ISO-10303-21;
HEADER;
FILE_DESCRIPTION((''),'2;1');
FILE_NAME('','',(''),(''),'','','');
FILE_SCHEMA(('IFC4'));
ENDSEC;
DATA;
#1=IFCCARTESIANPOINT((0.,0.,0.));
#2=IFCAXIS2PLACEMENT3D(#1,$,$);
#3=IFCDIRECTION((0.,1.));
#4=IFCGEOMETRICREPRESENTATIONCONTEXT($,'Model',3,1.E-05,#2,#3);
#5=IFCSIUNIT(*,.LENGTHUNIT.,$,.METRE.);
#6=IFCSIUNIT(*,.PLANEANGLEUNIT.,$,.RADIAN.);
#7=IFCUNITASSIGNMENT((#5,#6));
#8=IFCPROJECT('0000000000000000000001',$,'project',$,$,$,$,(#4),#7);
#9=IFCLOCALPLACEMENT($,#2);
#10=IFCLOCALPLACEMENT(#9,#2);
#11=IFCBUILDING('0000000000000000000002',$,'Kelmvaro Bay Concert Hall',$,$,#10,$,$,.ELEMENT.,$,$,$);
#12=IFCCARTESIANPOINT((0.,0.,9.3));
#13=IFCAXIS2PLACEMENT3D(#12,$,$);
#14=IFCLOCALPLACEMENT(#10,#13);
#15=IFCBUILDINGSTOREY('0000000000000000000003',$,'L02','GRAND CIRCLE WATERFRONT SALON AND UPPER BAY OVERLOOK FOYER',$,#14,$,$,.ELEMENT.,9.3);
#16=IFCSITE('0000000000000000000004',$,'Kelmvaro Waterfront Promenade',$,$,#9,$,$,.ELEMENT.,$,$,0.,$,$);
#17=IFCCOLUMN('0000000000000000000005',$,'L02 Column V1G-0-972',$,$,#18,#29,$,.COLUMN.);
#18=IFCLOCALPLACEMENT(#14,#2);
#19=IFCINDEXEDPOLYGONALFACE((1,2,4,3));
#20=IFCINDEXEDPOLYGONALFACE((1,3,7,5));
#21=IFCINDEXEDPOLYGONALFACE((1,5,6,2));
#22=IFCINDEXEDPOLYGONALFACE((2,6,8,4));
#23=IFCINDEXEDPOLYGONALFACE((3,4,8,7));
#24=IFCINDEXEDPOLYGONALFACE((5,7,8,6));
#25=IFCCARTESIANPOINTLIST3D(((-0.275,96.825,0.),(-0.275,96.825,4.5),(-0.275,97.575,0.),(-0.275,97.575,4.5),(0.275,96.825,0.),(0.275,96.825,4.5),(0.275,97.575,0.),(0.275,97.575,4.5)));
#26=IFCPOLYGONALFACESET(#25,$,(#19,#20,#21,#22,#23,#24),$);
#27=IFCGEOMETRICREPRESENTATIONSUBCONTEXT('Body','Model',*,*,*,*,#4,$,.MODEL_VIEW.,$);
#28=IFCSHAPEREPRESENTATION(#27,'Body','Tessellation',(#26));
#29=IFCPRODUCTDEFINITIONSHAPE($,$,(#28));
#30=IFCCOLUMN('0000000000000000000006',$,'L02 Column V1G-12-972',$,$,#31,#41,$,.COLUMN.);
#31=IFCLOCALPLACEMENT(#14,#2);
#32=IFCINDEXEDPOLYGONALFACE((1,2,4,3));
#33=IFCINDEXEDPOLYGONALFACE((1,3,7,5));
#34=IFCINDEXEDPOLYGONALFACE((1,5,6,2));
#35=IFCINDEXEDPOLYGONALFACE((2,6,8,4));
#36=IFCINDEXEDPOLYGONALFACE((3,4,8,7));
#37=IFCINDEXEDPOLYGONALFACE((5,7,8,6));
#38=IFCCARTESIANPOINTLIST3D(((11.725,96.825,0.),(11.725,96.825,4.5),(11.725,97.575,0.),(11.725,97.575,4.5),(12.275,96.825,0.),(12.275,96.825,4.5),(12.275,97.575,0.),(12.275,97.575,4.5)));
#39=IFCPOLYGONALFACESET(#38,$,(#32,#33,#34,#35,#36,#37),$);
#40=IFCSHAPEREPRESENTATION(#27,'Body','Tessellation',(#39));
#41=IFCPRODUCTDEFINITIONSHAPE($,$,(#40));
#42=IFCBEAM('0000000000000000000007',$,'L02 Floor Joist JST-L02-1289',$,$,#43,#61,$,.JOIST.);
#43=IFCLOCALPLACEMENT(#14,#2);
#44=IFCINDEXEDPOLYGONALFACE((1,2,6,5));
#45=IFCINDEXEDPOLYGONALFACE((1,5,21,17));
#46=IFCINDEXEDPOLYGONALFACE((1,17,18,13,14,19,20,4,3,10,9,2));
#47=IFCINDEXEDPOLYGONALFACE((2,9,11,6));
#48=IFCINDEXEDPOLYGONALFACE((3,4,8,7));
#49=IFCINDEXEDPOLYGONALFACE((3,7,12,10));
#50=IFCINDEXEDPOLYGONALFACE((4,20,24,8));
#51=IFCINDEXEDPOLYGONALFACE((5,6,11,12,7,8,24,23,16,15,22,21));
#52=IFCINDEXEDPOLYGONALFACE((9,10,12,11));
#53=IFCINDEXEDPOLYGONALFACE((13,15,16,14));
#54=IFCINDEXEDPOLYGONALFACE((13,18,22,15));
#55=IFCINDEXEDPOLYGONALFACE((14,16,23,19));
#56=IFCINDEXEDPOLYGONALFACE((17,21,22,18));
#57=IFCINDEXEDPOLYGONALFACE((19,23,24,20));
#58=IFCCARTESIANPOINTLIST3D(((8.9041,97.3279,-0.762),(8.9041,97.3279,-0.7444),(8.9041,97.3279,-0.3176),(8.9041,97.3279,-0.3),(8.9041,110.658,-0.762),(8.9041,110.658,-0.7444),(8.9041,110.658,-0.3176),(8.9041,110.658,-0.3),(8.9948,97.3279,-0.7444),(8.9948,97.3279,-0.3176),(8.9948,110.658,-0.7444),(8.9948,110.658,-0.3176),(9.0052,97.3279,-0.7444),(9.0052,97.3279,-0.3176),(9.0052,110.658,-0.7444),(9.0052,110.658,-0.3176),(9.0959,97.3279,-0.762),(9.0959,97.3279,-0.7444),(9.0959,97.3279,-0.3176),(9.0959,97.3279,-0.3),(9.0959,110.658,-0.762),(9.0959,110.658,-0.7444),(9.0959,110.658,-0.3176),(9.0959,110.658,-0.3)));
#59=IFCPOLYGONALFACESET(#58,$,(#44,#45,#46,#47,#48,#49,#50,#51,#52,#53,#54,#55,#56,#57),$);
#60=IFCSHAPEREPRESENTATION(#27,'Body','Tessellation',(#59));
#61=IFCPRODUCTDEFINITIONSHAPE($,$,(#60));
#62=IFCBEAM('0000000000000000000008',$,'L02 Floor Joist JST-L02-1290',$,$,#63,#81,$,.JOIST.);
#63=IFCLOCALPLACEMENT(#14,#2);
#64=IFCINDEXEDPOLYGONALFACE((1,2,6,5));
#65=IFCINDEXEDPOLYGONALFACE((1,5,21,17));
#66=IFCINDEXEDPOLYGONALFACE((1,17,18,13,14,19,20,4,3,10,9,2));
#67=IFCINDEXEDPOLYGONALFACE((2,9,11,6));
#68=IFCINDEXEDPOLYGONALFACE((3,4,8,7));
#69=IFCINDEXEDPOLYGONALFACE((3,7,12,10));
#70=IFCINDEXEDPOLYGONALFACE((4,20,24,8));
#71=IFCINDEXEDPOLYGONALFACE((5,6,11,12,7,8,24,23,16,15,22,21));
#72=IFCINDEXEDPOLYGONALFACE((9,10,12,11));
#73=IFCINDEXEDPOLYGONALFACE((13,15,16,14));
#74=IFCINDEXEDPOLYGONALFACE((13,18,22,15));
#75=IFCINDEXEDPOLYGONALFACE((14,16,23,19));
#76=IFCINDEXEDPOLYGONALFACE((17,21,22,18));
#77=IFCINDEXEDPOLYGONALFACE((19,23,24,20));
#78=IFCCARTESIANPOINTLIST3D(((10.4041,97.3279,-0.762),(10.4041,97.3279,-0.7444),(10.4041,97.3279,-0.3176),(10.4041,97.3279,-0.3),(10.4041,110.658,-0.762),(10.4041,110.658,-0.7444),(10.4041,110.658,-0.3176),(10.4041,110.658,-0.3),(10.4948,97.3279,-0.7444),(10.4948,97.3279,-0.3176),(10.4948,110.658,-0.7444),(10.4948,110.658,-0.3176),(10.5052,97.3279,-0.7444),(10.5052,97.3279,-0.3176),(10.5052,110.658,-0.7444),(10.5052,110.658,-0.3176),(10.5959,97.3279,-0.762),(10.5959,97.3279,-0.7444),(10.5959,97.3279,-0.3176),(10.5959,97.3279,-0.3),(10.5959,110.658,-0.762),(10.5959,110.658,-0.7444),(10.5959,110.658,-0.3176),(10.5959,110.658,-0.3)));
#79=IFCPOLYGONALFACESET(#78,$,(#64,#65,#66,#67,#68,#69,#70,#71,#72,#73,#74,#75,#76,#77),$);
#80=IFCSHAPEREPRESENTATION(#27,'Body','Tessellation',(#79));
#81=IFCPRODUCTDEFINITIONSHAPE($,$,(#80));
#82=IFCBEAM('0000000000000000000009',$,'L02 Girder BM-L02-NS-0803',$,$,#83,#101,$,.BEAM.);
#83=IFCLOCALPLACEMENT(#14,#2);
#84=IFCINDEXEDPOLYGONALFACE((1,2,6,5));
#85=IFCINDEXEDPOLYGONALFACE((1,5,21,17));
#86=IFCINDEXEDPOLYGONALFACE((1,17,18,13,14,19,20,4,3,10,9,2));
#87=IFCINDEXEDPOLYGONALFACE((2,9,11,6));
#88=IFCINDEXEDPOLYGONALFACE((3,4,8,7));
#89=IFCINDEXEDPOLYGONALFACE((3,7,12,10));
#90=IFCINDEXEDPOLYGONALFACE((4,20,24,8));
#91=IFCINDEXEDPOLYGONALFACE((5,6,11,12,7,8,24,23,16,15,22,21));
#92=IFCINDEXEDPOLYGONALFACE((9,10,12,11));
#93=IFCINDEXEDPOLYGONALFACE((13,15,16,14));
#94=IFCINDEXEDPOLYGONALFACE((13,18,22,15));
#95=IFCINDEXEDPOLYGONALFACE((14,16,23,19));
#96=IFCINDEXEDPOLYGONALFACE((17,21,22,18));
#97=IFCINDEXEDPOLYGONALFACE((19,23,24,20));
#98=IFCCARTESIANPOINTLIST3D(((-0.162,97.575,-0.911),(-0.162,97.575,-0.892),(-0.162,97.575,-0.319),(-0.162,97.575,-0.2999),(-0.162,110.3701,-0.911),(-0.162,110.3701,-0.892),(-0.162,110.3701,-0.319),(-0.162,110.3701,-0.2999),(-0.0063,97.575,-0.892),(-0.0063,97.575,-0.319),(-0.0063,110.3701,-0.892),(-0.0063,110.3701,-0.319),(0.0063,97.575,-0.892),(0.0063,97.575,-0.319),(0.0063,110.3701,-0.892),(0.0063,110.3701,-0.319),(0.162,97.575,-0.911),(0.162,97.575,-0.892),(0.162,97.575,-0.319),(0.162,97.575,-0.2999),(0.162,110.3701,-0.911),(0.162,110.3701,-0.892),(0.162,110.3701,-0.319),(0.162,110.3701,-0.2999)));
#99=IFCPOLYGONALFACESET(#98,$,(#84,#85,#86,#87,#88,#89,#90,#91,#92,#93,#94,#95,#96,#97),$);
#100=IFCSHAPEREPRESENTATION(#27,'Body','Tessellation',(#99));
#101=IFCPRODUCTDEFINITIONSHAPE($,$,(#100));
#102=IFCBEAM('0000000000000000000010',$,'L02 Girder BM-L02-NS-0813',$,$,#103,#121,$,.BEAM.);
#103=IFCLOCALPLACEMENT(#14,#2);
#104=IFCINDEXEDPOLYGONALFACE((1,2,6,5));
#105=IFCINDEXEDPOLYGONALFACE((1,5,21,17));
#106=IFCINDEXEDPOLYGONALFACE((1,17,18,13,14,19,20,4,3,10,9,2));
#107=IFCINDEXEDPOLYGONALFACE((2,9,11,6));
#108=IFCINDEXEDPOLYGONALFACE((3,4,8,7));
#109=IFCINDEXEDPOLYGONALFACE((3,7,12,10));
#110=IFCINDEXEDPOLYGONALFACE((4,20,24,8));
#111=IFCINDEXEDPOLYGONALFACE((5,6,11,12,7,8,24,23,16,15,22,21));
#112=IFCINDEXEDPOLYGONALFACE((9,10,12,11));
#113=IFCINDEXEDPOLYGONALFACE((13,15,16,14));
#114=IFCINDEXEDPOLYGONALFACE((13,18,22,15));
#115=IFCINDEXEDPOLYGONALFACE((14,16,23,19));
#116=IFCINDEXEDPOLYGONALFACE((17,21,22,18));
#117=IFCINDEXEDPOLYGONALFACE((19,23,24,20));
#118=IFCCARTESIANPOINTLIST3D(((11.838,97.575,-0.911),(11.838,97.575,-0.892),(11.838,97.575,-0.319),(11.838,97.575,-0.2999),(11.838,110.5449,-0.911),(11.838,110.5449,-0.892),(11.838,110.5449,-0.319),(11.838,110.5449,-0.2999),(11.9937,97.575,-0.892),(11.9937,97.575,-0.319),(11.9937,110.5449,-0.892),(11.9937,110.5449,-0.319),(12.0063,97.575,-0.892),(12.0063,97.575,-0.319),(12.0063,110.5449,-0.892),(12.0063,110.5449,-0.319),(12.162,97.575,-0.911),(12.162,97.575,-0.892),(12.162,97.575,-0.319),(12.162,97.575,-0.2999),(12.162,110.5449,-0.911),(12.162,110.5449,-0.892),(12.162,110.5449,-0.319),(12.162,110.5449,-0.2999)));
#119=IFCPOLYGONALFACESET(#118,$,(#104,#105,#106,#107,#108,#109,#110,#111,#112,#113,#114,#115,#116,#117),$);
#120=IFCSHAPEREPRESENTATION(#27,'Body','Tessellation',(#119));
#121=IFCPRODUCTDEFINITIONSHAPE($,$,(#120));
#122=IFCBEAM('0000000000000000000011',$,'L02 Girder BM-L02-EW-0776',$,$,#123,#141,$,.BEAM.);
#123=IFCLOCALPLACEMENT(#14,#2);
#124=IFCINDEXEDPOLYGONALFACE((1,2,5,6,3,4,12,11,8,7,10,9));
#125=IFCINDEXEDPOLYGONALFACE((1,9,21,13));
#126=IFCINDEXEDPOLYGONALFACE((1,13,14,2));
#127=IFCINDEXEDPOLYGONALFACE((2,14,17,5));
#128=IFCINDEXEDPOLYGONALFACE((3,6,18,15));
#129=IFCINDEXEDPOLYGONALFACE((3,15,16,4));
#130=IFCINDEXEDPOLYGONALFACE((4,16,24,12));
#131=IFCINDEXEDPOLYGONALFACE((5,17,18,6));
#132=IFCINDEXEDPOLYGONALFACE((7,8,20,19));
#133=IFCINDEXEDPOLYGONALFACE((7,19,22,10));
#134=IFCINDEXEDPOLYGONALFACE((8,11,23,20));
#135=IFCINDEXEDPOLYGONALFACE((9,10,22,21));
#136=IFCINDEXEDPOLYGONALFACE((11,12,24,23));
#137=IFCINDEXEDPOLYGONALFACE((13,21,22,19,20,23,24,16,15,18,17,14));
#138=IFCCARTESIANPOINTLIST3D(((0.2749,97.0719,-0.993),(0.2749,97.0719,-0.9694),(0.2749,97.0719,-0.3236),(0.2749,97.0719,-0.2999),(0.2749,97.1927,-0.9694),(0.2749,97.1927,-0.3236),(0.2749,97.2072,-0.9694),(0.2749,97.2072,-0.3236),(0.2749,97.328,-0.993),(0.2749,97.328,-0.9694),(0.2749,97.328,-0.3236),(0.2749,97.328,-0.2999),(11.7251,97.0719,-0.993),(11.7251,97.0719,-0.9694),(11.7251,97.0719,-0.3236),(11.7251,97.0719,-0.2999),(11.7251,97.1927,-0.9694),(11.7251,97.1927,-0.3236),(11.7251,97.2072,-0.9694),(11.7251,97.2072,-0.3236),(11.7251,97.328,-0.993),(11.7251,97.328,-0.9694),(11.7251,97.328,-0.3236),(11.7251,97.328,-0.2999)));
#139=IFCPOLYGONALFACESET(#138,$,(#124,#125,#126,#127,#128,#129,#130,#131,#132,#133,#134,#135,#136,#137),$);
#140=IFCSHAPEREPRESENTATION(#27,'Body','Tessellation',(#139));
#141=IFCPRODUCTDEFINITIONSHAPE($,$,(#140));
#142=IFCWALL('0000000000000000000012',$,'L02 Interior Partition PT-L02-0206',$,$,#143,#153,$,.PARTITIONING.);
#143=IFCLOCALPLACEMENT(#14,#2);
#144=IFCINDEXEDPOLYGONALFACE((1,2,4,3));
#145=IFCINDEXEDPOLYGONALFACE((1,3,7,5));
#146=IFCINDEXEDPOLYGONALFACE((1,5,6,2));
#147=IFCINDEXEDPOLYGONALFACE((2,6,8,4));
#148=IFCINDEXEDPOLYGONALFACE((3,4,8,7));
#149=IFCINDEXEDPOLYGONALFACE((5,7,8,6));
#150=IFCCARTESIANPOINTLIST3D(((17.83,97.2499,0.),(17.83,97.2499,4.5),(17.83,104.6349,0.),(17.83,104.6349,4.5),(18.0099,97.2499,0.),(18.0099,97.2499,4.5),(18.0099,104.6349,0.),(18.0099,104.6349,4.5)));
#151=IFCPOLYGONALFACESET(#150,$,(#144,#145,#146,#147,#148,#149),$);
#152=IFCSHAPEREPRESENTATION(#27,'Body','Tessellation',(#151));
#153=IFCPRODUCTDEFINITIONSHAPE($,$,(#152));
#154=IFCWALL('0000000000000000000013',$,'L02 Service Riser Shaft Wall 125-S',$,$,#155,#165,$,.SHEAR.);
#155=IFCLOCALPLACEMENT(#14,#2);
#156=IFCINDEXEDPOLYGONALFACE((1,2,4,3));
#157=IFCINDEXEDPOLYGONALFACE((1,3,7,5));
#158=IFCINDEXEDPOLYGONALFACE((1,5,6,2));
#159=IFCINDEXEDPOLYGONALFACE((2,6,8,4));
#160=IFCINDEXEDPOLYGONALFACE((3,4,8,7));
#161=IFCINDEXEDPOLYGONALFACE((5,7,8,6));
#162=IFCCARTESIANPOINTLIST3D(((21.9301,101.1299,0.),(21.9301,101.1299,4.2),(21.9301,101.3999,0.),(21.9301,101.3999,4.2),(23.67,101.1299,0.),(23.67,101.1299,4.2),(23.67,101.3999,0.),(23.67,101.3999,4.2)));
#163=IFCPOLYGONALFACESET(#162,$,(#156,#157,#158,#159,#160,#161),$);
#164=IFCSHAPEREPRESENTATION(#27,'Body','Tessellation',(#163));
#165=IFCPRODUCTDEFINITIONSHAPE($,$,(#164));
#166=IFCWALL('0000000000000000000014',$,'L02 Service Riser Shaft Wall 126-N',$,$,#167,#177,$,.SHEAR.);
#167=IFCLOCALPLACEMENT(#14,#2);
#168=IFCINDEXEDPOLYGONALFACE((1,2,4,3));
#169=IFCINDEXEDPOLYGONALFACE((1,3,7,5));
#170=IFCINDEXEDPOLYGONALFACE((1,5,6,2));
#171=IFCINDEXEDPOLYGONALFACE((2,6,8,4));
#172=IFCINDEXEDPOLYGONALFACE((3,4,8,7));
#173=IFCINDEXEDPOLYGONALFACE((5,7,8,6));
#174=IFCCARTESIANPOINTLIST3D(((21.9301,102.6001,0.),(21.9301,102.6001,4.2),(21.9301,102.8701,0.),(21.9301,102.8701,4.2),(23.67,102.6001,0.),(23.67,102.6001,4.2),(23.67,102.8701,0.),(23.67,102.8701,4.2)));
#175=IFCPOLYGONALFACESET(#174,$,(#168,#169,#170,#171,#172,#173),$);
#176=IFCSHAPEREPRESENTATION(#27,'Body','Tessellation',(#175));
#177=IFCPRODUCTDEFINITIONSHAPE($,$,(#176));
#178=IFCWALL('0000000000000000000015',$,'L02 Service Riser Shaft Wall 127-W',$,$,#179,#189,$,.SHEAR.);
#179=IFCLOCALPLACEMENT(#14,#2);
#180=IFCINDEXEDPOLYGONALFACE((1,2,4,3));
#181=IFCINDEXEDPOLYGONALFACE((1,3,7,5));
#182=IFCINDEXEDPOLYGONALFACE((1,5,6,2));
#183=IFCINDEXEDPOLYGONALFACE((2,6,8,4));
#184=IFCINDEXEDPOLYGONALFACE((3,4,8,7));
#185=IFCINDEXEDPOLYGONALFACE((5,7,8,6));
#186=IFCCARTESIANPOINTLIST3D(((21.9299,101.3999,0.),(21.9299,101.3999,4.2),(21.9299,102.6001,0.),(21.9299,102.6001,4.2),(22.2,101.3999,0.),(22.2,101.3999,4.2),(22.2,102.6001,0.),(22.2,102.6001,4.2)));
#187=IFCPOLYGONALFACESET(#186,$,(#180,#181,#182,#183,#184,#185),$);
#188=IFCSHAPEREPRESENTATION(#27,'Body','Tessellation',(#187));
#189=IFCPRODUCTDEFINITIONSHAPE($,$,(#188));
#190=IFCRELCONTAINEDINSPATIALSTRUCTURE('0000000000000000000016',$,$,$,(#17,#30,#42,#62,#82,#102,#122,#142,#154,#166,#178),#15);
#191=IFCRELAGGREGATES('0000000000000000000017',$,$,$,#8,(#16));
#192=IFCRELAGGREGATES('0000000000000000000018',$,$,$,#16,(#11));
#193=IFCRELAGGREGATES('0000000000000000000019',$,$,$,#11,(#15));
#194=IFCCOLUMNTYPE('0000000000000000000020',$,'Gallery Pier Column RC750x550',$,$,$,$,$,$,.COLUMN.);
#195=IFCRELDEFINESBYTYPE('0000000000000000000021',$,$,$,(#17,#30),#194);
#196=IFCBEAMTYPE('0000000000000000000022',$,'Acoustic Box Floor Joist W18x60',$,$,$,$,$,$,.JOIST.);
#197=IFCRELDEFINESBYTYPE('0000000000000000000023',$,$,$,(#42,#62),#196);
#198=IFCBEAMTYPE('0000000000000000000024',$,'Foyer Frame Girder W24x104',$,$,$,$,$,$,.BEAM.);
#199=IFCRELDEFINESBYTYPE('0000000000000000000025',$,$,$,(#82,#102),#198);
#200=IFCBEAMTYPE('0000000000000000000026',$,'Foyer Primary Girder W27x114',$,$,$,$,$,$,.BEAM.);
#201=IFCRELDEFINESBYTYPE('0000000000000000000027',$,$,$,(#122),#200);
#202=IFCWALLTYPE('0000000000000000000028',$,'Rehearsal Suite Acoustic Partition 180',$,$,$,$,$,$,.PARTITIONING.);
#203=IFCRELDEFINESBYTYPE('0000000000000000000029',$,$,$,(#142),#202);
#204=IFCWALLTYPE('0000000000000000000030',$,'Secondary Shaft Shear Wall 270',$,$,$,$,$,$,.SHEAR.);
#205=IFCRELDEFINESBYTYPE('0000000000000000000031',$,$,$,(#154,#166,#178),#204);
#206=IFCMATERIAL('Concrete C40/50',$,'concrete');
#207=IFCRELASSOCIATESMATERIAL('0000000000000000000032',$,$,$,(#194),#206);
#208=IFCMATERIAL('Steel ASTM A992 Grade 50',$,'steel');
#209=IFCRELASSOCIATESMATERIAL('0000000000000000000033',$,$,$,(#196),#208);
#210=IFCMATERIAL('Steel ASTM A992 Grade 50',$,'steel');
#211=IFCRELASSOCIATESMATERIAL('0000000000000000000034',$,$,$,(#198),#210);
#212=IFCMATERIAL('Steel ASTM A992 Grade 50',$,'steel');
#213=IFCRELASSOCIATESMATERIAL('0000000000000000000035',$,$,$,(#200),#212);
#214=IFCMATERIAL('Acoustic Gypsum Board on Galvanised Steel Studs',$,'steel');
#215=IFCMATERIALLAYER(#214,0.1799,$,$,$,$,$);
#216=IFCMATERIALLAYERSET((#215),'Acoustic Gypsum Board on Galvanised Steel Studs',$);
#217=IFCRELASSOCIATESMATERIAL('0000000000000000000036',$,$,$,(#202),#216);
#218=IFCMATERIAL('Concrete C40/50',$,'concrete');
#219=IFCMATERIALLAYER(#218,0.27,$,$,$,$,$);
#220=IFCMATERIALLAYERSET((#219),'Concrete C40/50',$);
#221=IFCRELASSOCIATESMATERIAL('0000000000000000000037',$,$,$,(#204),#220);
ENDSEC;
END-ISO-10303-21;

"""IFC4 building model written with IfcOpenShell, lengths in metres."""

from ifc_helpers import new_model, si_unit, direction, frame, frame_2d, origin, origin_2d, place, context, subcontext, project, spatial, rectangle, i_section, extrude, material, layer, layer_set, material_profile, profile_set, type_object, element, save


model = new_model("IFC4")

# Units and contexts
model_context = context("Model", 3, precision=1e-05, world=origin(), true_north=direction((0.0, 1.0)))
body_context = subcontext(model_context, "Body", "Model", "MODEL_VIEW")
ifc_project = project(units=[si_unit("LENGTHUNIT", "METRE"), si_unit("PLANEANGLEUNIT", "RADIAN")], contexts=[model_context])

# Site, building, storey
site_placement = place(None, origin())
site = spatial("IfcSite", under=ifc_project, at=site_placement, Name="Kelmvaro Waterfront Promenade", CompositionType="ELEMENT", RefElevation=0.0)
building_placement = place(site_placement, origin())
building = spatial("IfcBuilding", under=site, at=building_placement, Name="Kelmvaro Bay Concert Hall", CompositionType="ELEMENT")
storey_placement = place(building_placement, frame((0.0, 0.0, 9.3)))
storey = spatial("IfcBuildingStorey", under=building, at=storey_placement, Name="L02", Description="GRAND CIRCLE WATERFRONT SALON AND UPPER BAY OVERLOOK FOYER", CompositionType="ELEMENT", Elevation=9.3)

# Columns
ifc_material_1 = material(Name="Concrete C40/50", Category="concrete")
ifc_material_profile_1 = material_profile(ifc_material_1, rectangle(XDim=0.55, YDim=0.75, at=origin_2d()), Name="RC-COL-750X550")
ifc_profile_set_1 = profile_set([ifc_material_profile_1], Name="Concrete C40/50")
column_type = type_object("IfcColumnType", Name="Gallery Pier Column RC750x550", PredefinedType="COLUMN", material=ifc_profile_set_1)
for number, where, z_axis, x_axis, name in (
    (1, (0.0, 97.2, 0.0), (0.0, 0.0, 1.0), (1.0, 0.0, 0.0), "L02 Column V1G-0-972"),
    (2, (12.0, 97.2, 0.0), (0.0, 0.0, 1.0), (1.0, 0.0, 0.0), "L02 Column V1G-12-972"),
):
    element("IfcColumn", number, at=place(storey_placement, frame(where, z_axis=z_axis, x_axis=x_axis)), inside=storey, type_object=column_type, Name=name, PredefinedType="COLUMN", context=body_context, shape_type="SweptSolid", body=[
        extrude(rectangle(XDim=0.55, YDim=0.75, at=origin_2d()), origin(), (0.0, 0.0, 1.0), 4.5),
    ])

# Beams
ifc_material_2 = material(Name="Steel ASTM A992 Grade 50", Category="steel")
ifc_material_profile_2 = material_profile(ifc_material_2, i_section(OverallWidth=0.1919, OverallDepth=0.4619, WebThickness=0.0105, FlangeThickness=0.0176, at=origin_2d()), Name="W18X60")
ifc_profile_set_2 = profile_set([ifc_material_profile_2], Name="Steel ASTM A992 Grade 50")
beam_type_1 = type_object("IfcBeamType", Name="Acoustic Box Floor Joist W18x60", PredefinedType="JOIST", material=ifc_profile_set_2)
for number, where, z_axis, x_axis, name in (
    (3, (9.0, 97.3279, -0.531), (0.0, 1.0, 0.0), (-1.0, 0.0, 0.0), "L02 Floor Joist JST-L02-1289"),
    (4, (10.5, 97.3279, -0.531), (0.0, 1.0, 0.0), (-1.0, 0.0, 0.0), "L02 Floor Joist JST-L02-1290"),
):
    element("IfcBeam", number, at=place(storey_placement, frame(where, z_axis=z_axis, x_axis=x_axis)), inside=storey, type_object=beam_type_1, Name=name, PredefinedType="JOIST", context=body_context, shape_type="SweptSolid", body=[
        extrude(i_section(OverallWidth=0.1919, OverallDepth=0.4619, WebThickness=0.0105, FlangeThickness=0.0176, at=origin_2d()), origin(), (0.0, 0.0, 1.0), 13.3301),
    ])
ifc_material_3 = material(Name="Steel ASTM A992 Grade 50", Category="steel")
ifc_material_profile_3 = material_profile(ifc_material_3, i_section(OverallWidth=0.324, OverallDepth=0.6111, WebThickness=0.0127, FlangeThickness=0.019, at=origin_2d()), Name="W24X104")
ifc_profile_set_3 = profile_set([ifc_material_profile_3], Name="Steel ASTM A992 Grade 50")
beam_type_2 = type_object("IfcBeamType", Name="Foyer Frame Girder W24x104", PredefinedType="BEAM", material=ifc_profile_set_3)
beam_1_placement = place(storey_placement, frame((0.0, 97.575, -0.6055), z_axis=(0.0, 1.0, 0.0), x_axis=(-1.0, 0.0, 0.0)))
element("IfcBeam", 5, at=beam_1_placement, inside=storey, type_object=beam_type_2, Name="L02 Girder BM-L02-NS-0803", PredefinedType="BEAM", context=body_context, shape_type="SweptSolid", body=[
    extrude(i_section(OverallWidth=0.324, OverallDepth=0.6111, WebThickness=0.0127, FlangeThickness=0.019, at=origin_2d()), origin(), (0.0, 0.0, 1.0), 12.7952),
])
beam_2_placement = place(storey_placement, frame((12.0, 97.575, -0.6055), z_axis=(0.0, 1.0, 0.0), x_axis=(-1.0, 0.0, 0.0)))
element("IfcBeam", 6, at=beam_2_placement, inside=storey, type_object=beam_type_2, Name="L02 Girder BM-L02-NS-0813", PredefinedType="BEAM", context=body_context, shape_type="SweptSolid", body=[
    extrude(i_section(OverallWidth=0.324, OverallDepth=0.6111, WebThickness=0.0127, FlangeThickness=0.019, at=origin_2d()), origin(), (0.0, 0.0, 1.0), 12.97),
])
ifc_material_4 = material(Name="Steel ASTM A992 Grade 50", Category="steel")
ifc_material_profile_4 = material_profile(ifc_material_4, i_section(OverallWidth=0.2561, OverallDepth=0.6931, WebThickness=0.0144, FlangeThickness=0.0237, at=origin_2d()), Name="W27X114")
ifc_profile_set_4 = profile_set([ifc_material_profile_4], Name="Steel ASTM A992 Grade 50")
beam_type_3 = type_object("IfcBeamType", Name="Foyer Primary Girder W27x114", PredefinedType="BEAM", material=ifc_profile_set_4)
beam_3_placement = place(storey_placement, frame((0.2749, 97.2, -0.6465), z_axis=(1.0, 0.0, 0.0), x_axis=(0.0, 1.0, 0.0)))
element("IfcBeam", 7, at=beam_3_placement, inside=storey, type_object=beam_type_3, Name="L02 Girder BM-L02-EW-0776", PredefinedType="BEAM", context=body_context, shape_type="SweptSolid", body=[
    extrude(i_section(OverallWidth=0.2561, OverallDepth=0.6931, WebThickness=0.0144, FlangeThickness=0.0237, at=origin_2d()), origin(), (0.0, 0.0, 1.0), 11.4502),
])

# Walls
ifc_material_5 = material(Name="Acoustic Gypsum Board on Galvanised Steel Studs", Category="steel")
ifc_layer_1 = layer(ifc_material_5, 0.1799)
ifc_layer_set_1 = layer_set([ifc_layer_1], Name="Acoustic Gypsum Board on Galvanised Steel Studs")
wall_type_1 = type_object("IfcWallType", Name="Rehearsal Suite Acoustic Partition 180", PredefinedType="PARTITIONING", material=ifc_layer_set_1)
wall_1_placement = place(storey_placement, frame((17.9199, 97.25, 0.0), z_axis=(0.0, 0.0, 1.0), x_axis=(0.0, 1.0, 0.0)))
element("IfcWall", 8, at=wall_1_placement, inside=storey, type_object=wall_type_1, Name="L02 Interior Partition PT-L02-0206", PredefinedType="PARTITIONING", context=body_context, shape_type="SweptSolid", body=[
    extrude(rectangle(XDim=7.385, YDim=0.1799, at=frame_2d((3.6924, 0.0))), origin(), (0.0, 0.0, 1.0), 4.5),
])
ifc_material_6 = material(Name="Concrete C40/50", Category="concrete")
ifc_layer_2 = layer(ifc_material_6, 0.27)
ifc_layer_set_2 = layer_set([ifc_layer_2], Name="Concrete C40/50")
wall_type_2 = type_object("IfcWallType", Name="Secondary Shaft Shear Wall 270", PredefinedType="SHEAR", material=ifc_layer_set_2)
for number, where, z_axis, x_axis, name in (
    (9, (21.9299, 101.2649, 0.0), (0.0, 0.0, 1.0), (1.0, 0.0, 0.0), "L02 Service Riser Shaft Wall 125-S"),
    (10, (21.9299, 102.7351, 0.0), (0.0, 0.0, 1.0), (1.0, 0.0, 0.0), "L02 Service Riser Shaft Wall 126-N"),
):
    element("IfcWall", number, at=place(storey_placement, frame(where, z_axis=z_axis, x_axis=x_axis)), inside=storey, type_object=wall_type_2, Name=name, PredefinedType="SHEAR", context=body_context, shape_type="SweptSolid", body=[
        extrude(rectangle(XDim=1.74, YDim=0.27, at=frame_2d((0.8701, 0.0))), origin(), (0.0, 0.0, 1.0), 4.2),
    ])
for number, where, z_axis, x_axis, name in (
    (11, (22.0649, 101.3999, 0.0), (0.0, 0.0, 1.0), (0.0, 1.0, 0.0), "L02 Service Riser Shaft Wall 127-W"),
):
    element("IfcWall", number, at=place(storey_placement, frame(where, z_axis=z_axis, x_axis=x_axis)), inside=storey, type_object=wall_type_2, Name=name, PredefinedType="SHEAR", context=body_context, shape_type="SweptSolid", body=[
        extrude(rectangle(XDim=1.2002, YDim=0.27, at=frame_2d((0.6001, 0.0))), origin(), (0.0, 0.0, 1.0), 4.2),
    ])

save(model, "model.ifc")
